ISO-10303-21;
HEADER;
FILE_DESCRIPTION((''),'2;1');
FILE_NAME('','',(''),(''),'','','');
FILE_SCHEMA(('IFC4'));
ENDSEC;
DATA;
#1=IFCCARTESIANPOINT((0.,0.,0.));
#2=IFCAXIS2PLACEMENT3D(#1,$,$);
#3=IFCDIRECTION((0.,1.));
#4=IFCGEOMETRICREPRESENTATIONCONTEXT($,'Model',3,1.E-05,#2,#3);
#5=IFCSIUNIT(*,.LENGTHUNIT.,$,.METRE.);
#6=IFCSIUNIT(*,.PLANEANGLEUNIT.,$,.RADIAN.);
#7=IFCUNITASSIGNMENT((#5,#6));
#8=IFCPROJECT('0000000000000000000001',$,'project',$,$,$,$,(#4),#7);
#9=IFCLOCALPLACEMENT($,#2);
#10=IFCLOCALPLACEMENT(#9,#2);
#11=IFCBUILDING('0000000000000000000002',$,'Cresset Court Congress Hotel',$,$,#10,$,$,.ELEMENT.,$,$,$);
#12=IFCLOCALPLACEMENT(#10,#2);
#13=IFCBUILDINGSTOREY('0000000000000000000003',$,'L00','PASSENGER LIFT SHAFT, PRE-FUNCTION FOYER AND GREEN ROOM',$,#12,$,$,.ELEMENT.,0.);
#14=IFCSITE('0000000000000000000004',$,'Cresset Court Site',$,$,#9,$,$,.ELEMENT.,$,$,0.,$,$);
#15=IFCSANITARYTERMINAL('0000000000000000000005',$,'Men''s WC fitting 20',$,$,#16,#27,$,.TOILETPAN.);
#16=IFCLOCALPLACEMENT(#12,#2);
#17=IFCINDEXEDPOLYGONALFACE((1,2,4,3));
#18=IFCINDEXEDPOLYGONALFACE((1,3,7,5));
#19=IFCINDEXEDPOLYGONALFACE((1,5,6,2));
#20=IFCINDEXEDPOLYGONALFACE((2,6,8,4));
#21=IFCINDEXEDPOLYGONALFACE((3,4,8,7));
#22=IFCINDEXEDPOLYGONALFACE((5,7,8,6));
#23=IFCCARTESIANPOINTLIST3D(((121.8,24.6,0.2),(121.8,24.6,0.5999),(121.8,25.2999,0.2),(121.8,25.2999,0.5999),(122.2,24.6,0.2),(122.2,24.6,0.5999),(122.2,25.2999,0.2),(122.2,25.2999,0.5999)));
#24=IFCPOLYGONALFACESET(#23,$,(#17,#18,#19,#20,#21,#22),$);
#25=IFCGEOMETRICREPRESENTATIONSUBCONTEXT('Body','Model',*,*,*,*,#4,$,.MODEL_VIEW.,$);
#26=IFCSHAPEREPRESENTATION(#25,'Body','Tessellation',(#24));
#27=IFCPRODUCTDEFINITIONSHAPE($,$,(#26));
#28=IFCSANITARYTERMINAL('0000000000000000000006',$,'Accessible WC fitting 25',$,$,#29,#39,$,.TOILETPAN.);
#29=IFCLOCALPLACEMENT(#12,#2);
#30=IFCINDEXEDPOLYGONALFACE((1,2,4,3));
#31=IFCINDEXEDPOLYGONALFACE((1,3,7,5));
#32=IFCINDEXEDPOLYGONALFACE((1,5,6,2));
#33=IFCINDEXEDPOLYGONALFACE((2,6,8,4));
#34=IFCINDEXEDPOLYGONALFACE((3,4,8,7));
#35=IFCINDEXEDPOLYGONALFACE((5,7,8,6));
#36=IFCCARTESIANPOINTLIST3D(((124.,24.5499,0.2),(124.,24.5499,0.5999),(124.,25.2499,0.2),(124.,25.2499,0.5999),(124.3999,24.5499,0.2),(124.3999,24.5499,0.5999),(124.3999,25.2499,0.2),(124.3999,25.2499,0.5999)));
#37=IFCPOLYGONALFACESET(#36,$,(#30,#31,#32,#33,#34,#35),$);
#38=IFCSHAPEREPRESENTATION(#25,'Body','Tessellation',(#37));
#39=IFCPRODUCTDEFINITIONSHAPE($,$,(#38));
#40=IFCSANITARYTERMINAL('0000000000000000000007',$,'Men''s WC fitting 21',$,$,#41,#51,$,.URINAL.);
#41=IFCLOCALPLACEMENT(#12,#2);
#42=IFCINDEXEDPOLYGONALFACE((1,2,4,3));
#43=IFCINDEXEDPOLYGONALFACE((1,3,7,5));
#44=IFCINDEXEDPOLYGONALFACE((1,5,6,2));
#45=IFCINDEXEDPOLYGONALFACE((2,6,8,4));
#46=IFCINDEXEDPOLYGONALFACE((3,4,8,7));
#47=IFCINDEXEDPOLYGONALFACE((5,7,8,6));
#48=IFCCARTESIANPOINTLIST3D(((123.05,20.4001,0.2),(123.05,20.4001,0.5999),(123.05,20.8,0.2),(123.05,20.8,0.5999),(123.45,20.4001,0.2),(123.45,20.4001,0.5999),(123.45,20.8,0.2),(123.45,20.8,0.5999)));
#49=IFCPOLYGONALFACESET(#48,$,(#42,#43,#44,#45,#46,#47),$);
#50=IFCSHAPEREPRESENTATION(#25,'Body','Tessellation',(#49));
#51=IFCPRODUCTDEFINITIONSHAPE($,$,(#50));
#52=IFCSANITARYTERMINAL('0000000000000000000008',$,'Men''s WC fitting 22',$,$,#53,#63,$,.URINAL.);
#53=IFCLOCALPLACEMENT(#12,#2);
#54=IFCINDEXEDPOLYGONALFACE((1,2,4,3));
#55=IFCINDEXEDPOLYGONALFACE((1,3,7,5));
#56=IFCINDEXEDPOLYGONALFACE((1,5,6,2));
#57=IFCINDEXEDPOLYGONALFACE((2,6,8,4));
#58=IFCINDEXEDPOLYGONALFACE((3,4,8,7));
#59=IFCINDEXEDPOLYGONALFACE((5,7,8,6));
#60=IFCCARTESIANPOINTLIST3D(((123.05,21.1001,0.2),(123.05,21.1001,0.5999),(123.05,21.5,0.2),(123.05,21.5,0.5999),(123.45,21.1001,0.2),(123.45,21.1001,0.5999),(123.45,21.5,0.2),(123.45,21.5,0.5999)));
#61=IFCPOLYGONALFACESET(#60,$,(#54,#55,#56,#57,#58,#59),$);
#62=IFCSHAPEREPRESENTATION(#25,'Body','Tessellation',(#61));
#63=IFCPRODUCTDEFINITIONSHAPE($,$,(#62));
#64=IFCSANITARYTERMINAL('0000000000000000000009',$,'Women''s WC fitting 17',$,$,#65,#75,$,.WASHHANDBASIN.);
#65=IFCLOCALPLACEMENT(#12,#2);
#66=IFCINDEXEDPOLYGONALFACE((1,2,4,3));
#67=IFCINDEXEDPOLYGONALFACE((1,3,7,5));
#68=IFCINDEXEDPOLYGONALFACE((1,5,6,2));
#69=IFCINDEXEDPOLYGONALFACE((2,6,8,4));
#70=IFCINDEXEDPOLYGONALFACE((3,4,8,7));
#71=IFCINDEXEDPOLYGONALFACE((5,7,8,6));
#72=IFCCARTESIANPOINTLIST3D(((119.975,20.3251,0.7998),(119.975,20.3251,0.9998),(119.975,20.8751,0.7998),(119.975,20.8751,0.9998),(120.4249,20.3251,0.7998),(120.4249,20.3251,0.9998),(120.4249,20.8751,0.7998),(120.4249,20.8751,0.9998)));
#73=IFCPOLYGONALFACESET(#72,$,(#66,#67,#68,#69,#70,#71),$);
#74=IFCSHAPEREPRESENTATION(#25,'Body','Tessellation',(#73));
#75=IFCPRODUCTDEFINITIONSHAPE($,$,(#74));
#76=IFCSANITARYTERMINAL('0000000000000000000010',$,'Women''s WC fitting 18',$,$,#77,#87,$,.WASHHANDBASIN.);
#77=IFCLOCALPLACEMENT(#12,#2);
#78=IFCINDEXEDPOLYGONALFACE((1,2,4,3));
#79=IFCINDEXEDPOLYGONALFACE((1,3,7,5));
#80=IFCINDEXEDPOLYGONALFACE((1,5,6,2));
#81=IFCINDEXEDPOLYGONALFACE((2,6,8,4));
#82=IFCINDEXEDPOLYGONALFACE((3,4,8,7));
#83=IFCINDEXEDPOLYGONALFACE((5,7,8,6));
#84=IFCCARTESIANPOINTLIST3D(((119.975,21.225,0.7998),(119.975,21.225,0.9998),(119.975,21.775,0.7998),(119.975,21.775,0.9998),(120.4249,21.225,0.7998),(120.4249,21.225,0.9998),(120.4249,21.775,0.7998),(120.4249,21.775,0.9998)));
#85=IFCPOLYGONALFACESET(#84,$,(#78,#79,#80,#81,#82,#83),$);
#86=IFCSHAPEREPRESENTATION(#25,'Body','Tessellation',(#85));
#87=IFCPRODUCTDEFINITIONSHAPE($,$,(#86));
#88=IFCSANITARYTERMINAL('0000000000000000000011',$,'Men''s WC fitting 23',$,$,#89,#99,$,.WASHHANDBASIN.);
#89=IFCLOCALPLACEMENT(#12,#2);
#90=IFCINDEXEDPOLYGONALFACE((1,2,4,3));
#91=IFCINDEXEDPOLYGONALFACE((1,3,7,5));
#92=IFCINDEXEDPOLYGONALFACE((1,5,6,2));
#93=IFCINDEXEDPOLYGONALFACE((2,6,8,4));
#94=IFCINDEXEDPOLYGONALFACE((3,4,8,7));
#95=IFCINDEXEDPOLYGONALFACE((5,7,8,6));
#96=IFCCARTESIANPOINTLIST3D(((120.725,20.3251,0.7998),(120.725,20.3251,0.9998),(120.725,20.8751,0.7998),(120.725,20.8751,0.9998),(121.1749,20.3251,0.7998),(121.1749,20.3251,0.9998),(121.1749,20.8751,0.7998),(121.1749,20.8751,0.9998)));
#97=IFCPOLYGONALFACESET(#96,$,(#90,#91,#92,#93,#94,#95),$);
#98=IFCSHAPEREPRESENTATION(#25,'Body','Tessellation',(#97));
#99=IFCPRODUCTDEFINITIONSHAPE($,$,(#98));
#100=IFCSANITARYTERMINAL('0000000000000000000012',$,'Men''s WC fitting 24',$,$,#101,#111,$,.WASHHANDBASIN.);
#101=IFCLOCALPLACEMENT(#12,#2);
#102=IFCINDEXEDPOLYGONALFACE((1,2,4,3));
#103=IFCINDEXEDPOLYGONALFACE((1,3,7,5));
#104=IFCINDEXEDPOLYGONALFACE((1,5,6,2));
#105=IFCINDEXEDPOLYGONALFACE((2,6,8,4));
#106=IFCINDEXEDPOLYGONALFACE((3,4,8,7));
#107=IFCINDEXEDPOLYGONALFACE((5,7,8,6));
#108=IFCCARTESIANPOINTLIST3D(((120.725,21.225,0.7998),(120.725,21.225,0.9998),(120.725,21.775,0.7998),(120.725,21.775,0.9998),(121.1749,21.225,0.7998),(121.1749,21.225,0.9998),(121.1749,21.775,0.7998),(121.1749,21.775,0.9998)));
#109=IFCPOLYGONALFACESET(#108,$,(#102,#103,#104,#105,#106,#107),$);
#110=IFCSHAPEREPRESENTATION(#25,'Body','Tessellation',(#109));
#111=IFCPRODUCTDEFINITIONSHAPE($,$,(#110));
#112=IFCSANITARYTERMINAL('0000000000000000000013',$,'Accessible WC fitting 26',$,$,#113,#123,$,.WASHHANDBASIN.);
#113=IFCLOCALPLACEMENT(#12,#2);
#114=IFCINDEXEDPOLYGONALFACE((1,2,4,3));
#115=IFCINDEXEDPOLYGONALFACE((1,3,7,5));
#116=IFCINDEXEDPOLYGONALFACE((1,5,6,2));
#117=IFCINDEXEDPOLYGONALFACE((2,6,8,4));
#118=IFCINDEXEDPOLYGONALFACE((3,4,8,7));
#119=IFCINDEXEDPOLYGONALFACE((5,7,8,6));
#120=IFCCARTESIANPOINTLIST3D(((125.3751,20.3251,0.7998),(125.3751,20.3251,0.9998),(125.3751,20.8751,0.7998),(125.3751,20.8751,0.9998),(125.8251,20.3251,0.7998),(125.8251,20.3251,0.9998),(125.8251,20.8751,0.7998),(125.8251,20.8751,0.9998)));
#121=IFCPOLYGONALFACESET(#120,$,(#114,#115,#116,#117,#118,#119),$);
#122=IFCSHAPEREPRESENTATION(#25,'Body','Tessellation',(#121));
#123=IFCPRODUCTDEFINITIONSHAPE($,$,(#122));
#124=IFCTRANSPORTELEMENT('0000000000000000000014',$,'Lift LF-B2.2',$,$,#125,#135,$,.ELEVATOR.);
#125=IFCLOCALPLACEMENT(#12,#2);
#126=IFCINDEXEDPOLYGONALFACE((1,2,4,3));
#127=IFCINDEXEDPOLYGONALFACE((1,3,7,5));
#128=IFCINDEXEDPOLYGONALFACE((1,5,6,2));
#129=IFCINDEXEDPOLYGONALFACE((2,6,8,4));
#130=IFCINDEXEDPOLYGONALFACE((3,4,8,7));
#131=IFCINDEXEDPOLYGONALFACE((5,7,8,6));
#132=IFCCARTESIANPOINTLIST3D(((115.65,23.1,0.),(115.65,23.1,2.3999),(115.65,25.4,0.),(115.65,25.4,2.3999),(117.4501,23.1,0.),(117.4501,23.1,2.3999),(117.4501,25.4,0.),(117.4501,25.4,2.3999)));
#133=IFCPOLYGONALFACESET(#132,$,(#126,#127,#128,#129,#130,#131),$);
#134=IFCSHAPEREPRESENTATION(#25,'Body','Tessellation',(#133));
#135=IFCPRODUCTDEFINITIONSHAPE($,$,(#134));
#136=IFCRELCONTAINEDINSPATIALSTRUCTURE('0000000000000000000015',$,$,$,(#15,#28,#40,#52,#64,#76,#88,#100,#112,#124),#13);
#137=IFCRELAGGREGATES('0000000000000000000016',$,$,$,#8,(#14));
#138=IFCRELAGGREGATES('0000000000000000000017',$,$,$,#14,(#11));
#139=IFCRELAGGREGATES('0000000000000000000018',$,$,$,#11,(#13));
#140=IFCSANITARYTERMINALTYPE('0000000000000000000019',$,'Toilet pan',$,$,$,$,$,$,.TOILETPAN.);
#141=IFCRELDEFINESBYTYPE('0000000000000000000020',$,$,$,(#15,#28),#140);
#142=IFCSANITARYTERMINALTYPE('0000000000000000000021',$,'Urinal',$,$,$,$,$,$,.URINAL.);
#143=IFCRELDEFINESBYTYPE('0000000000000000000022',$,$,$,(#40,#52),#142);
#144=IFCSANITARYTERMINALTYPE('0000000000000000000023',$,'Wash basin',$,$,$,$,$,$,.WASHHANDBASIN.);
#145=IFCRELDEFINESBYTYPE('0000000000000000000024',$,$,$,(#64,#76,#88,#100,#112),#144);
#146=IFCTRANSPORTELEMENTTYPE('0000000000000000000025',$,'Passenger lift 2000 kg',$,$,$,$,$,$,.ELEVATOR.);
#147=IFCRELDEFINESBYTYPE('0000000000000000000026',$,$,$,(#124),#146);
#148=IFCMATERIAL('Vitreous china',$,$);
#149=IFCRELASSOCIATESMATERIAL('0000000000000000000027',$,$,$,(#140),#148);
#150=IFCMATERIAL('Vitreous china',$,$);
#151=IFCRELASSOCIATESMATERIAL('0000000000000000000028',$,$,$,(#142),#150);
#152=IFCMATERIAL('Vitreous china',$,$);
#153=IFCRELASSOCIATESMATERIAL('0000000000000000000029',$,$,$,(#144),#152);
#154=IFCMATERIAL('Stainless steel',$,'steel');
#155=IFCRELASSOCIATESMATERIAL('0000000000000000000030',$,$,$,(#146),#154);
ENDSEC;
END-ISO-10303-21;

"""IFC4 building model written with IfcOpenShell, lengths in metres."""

from ifc_helpers import new_model, si_unit, direction, frame, origin, origin_2d, place, context, subcontext, project, spatial, rectangle, extrude, material, type_object, element, save


model = new_model("IFC4")

# Units and contexts
model_context = context("Model", 3, precision=1e-05, world=origin(), true_north=direction((0.0, 1.0)))
body_context = subcontext(model_context, "Body", "Model", "MODEL_VIEW")
ifc_project = project(units=[si_unit("LENGTHUNIT", "METRE"), si_unit("PLANEANGLEUNIT", "RADIAN")], contexts=[model_context])

# Site, building, storey
site_placement = place(None, origin())
site = spatial("IfcSite", under=ifc_project, at=site_placement, Name="Cresset Court Site", CompositionType="ELEMENT", RefElevation=0.0)
building_placement = place(site_placement, origin())
building = spatial("IfcBuilding", under=site, at=building_placement, Name="Cresset Court Congress Hotel", CompositionType="ELEMENT")
storey_placement = place(building_placement, origin())
storey = spatial("IfcBuildingStorey", under=building, at=storey_placement, Name="L00", Description="PASSENGER LIFT SHAFT, PRE-FUNCTION FOYER AND GREEN ROOM", CompositionType="ELEMENT", Elevation=0.0)

# Sanitary terminals
ifc_material_1 = material(Name="Vitreous china")
sanitary_terminal_type_1 = type_object("IfcSanitaryTerminalType", Name="Toilet pan", PredefinedType="TOILETPAN", material=ifc_material_1)
for number, where, z_axis, x_axis, name in (
    (1, (122.0, 24.95, 0.2), (0.0, 0.0, 1.0), (1.0, 0.0, 0.0), "Men's WC fitting 20"),
    (2, (124.2, 24.8999, 0.2), (0.0, 0.0, 1.0), (1.0, 0.0, 0.0), "Accessible WC fitting 25"),
):
    element("IfcSanitaryTerminal", number, at=place(storey_placement, frame(where, z_axis=z_axis, x_axis=x_axis)), inside=storey, type_object=sanitary_terminal_type_1, Name=name, PredefinedType="TOILETPAN", context=body_context, shape_type="SweptSolid", body=[
        extrude(rectangle(XDim=0.3999, YDim=0.7, at=origin_2d()), origin(), (0.0, 0.0, 1.0), 0.3999),
    ])
ifc_material_2 = material(Name="Vitreous china")
sanitary_terminal_type_2 = type_object("IfcSanitaryTerminalType", Name="Urinal", PredefinedType="URINAL", material=ifc_material_2)
for number, where, z_axis, x_axis, name in (
    (3, (123.25, 20.6001, 0.2), (0.0, 0.0, 1.0), (1.0, 0.0, 0.0), "Men's WC fitting 21"),
    (4, (123.25, 21.3, 0.2), (0.0, 0.0, 1.0), (1.0, 0.0, 0.0), "Men's WC fitting 22"),
):
    element("IfcSanitaryTerminal", number, at=place(storey_placement, frame(where, z_axis=z_axis, x_axis=x_axis)), inside=storey, type_object=sanitary_terminal_type_2, Name=name, PredefinedType="URINAL", context=body_context, shape_type="SweptSolid", body=[
        extrude(rectangle(XDim=0.3999, YDim=0.3999, at=origin_2d()), origin(), (0.0, 0.0, 1.0), 0.3999),
    ])
ifc_material_3 = material(Name="Vitreous china")
sanitary_terminal_type_3 = type_object("IfcSanitaryTerminalType", Name="Wash basin", PredefinedType="WASHHANDBASIN", material=ifc_material_3)
for number, where, z_axis, x_axis, name in (
    (5, (120.2, 20.6001, 0.7998), (0.0, 0.0, 1.0), (1.0, 0.0, 0.0), "Women's WC fitting 17"),
    (6, (120.2, 21.5, 0.7998), (0.0, 0.0, 1.0), (1.0, 0.0, 0.0), "Women's WC fitting 18"),
    (7, (120.95, 20.6001, 0.7998), (0.0, 0.0, 1.0), (1.0, 0.0, 0.0), "Men's WC fitting 23"),
    (8, (120.95, 21.5, 0.7998), (0.0, 0.0, 1.0), (1.0, 0.0, 0.0), "Men's WC fitting 24"),
    (9, (125.6001, 20.6001, 0.7998), (0.0, 0.0, 1.0), (1.0, 0.0, 0.0), "Accessible WC fitting 26"),
):
    element("IfcSanitaryTerminal", number, at=place(storey_placement, frame(where, z_axis=z_axis, x_axis=x_axis)), inside=storey, type_object=sanitary_terminal_type_3, Name=name, PredefinedType="WASHHANDBASIN", context=body_context, shape_type="SweptSolid", body=[
        extrude(rectangle(XDim=0.45, YDim=0.55, at=origin_2d()), origin(), (0.0, 0.0, 1.0), 0.2),
    ])

# Transport element
ifc_material_4 = material(Name="Stainless steel", Category="steel")
transport_element_type = type_object("IfcTransportElementType", Name="Passenger lift 2000 kg", PredefinedType="ELEVATOR", material=ifc_material_4)
transport_element_placement = place(storey_placement, frame((116.55, 24.25, 0.0), z_axis=(0.0, 0.0, 1.0), x_axis=(1.0, 0.0, 0.0)))
element("IfcTransportElement", 10, at=transport_element_placement, inside=storey, type_object=transport_element_type, Name="Lift LF-B2.2", PredefinedType="ELEVATOR", context=body_context, shape_type="SweptSolid", body=[
    extrude(rectangle(XDim=1.8, YDim=2.3, at=origin_2d()), origin(), (0.0, 0.0, 1.0), 2.3999),
])

save(model, "model.ifc")
